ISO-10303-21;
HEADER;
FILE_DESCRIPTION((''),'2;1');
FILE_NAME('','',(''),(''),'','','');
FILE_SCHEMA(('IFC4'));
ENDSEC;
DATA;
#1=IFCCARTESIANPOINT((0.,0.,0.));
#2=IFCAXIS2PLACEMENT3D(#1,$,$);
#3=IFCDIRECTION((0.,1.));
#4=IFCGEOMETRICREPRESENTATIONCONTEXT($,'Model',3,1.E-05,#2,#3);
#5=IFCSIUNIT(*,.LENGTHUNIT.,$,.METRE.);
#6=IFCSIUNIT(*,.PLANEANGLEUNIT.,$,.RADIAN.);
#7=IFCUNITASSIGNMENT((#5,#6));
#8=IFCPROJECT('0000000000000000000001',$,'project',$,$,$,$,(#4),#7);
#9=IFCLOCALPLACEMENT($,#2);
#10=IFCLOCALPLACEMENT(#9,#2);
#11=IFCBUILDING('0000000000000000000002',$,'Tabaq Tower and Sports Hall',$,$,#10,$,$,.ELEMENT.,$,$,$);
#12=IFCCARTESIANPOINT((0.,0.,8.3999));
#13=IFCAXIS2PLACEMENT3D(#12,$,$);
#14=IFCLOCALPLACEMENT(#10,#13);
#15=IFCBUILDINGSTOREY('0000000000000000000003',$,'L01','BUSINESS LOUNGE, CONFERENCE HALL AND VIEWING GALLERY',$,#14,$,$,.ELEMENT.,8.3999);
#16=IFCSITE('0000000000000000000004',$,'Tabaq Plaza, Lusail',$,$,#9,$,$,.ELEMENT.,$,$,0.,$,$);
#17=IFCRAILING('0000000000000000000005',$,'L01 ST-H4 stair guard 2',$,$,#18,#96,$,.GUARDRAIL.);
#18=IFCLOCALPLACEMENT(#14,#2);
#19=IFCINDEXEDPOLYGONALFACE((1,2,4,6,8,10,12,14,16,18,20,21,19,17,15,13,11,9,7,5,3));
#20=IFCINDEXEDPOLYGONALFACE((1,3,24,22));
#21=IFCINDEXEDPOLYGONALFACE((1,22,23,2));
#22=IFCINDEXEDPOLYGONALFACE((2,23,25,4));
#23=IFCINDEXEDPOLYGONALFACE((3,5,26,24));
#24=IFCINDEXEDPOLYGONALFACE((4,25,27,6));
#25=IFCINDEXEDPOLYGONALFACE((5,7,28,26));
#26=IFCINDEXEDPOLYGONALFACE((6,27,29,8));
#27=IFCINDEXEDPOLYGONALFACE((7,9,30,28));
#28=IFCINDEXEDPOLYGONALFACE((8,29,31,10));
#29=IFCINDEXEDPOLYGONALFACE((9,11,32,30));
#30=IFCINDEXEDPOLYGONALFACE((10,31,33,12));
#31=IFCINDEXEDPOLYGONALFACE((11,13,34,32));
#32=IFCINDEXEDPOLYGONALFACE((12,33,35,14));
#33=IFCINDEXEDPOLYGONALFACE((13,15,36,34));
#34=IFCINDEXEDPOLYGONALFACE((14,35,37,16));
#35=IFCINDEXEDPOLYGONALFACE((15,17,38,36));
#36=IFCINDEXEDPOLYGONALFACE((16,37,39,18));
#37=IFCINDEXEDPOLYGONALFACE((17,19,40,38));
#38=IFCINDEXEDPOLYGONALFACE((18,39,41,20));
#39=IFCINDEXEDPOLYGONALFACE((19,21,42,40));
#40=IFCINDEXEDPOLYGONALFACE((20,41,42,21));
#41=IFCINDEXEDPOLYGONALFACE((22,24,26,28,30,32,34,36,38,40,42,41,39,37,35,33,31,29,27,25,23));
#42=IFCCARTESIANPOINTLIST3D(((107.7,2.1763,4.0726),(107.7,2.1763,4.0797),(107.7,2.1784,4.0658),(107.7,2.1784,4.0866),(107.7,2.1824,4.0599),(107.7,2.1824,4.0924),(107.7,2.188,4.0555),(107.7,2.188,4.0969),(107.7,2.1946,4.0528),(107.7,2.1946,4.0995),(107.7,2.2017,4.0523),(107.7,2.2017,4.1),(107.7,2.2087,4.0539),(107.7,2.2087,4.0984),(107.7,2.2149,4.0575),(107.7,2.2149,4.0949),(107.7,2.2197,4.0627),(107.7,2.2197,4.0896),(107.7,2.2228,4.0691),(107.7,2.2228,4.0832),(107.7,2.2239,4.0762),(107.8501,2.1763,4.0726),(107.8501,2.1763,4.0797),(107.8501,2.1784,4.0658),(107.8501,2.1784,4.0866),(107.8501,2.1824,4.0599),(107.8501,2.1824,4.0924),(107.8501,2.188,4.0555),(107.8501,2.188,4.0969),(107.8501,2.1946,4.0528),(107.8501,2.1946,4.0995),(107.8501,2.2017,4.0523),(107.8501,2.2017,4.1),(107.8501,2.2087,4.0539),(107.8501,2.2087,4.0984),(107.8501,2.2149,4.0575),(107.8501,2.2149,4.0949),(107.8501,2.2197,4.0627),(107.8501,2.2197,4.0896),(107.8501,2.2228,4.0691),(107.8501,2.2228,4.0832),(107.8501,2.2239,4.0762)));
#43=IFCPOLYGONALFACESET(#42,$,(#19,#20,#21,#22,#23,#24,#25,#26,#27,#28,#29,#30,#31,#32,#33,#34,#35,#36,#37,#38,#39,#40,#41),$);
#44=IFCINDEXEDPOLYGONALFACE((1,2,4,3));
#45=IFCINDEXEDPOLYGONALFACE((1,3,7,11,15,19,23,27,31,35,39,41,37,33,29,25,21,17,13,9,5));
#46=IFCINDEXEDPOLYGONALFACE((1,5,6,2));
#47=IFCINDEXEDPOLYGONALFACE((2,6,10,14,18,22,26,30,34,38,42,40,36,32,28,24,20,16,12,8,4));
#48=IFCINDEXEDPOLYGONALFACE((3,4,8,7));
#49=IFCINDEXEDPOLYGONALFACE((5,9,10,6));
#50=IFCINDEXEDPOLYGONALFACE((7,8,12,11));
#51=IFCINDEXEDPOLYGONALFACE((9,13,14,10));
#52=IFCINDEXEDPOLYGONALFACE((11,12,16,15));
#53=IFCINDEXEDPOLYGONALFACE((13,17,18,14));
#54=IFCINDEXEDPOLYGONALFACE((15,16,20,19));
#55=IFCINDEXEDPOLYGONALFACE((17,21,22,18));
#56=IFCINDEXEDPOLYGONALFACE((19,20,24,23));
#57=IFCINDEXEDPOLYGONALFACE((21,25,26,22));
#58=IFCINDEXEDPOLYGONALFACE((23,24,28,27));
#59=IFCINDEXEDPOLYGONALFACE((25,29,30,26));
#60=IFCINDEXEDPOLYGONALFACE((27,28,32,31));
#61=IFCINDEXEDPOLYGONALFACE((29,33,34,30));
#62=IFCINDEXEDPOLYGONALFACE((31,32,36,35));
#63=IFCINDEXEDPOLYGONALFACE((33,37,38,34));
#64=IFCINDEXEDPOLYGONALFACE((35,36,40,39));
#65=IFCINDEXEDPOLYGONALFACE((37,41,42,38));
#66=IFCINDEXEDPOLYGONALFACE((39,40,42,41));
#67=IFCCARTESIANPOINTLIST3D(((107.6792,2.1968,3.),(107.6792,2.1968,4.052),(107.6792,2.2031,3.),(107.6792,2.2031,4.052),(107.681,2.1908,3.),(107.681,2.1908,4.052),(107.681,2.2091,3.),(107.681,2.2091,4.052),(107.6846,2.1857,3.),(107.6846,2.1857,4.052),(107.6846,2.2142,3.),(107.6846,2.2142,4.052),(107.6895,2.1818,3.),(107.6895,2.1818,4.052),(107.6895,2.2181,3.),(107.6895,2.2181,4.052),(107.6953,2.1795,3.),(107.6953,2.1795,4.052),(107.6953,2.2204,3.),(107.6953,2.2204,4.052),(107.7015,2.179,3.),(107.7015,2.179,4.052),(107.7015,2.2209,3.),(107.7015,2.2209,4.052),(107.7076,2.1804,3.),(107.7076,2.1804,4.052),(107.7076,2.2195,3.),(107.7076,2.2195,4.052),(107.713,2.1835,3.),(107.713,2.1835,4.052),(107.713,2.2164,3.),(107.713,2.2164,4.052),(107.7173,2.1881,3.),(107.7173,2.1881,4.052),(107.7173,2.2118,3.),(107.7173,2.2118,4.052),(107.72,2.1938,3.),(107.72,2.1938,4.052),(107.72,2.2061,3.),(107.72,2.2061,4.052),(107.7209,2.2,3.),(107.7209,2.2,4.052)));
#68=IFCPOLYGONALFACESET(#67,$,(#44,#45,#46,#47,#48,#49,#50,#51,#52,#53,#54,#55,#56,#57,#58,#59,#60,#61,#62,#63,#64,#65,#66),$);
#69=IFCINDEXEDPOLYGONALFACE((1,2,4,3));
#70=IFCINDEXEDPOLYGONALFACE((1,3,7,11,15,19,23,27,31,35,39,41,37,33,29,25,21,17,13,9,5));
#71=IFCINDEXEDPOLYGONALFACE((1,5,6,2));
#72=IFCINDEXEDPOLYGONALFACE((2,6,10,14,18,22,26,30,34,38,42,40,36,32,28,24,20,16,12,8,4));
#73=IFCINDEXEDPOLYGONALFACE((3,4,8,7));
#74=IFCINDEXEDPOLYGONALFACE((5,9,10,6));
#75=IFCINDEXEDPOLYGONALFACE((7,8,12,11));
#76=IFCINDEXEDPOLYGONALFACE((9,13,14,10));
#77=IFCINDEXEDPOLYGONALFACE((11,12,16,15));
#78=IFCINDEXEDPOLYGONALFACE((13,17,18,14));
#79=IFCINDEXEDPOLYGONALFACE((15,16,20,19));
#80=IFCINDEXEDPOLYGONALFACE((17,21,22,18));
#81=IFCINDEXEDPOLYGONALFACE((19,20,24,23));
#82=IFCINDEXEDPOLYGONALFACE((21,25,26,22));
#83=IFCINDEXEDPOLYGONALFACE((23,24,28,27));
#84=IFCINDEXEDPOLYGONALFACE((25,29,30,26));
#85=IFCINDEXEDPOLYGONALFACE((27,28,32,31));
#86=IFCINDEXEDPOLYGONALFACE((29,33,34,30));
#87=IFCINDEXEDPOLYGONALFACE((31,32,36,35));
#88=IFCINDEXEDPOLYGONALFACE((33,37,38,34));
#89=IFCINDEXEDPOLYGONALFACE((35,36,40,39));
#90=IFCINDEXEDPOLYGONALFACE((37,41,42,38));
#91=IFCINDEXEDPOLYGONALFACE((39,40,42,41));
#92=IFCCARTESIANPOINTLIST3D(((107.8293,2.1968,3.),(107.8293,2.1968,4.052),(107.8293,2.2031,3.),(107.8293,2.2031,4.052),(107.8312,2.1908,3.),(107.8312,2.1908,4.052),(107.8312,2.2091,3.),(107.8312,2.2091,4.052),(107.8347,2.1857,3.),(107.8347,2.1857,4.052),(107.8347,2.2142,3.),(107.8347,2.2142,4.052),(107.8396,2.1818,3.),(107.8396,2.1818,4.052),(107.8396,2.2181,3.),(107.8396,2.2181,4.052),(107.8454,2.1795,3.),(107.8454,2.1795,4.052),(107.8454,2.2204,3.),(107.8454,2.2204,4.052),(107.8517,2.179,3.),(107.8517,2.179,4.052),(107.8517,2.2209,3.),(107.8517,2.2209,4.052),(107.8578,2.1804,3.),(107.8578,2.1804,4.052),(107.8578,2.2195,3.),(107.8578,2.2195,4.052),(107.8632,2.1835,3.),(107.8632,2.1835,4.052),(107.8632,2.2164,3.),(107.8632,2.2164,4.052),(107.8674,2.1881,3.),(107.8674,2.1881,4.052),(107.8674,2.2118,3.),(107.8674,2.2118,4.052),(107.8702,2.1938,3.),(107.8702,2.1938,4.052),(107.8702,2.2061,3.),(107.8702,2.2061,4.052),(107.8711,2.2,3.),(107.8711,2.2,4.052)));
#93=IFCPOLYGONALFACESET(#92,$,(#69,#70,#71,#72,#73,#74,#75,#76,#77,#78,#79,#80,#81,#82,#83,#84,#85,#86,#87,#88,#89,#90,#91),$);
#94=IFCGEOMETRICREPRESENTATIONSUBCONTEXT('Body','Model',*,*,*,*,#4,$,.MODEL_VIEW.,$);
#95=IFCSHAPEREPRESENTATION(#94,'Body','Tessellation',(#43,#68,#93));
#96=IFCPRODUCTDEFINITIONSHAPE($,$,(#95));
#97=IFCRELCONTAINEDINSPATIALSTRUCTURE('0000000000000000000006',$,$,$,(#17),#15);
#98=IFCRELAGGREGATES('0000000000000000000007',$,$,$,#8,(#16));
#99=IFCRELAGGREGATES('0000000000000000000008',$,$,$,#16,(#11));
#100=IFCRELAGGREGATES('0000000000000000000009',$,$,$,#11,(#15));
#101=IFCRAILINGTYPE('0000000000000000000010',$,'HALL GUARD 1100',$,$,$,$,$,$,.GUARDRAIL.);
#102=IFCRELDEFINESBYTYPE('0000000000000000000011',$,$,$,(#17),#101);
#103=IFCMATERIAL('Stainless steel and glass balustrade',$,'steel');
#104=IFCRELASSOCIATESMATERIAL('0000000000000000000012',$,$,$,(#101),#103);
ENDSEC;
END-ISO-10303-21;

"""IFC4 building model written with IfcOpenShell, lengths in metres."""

from ifc_helpers import new_model, si_unit, direction, frame, origin, origin_2d, place, context, subcontext, project, spatial, circle, extrude, material, type_object, element, save


model = new_model("IFC4")

# Units and contexts
model_context = context("Model", 3, precision=1e-05, world=origin(), true_north=direction((0.0, 1.0)))
body_context = subcontext(model_context, "Body", "Model", "MODEL_VIEW")
ifc_project = project(units=[si_unit("LENGTHUNIT", "METRE"), si_unit("PLANEANGLEUNIT", "RADIAN")], contexts=[model_context])

# Site, building, storey
site_placement = place(None, origin())
site = spatial("IfcSite", under=ifc_project, at=site_placement, Name="Tabaq Plaza, Lusail", CompositionType="ELEMENT", RefElevation=0.0)
building_placement = place(site_placement, origin())
building = spatial("IfcBuilding", under=site, at=building_placement, Name="Tabaq Tower and Sports Hall", CompositionType="ELEMENT")
storey_placement = place(building_placement, frame((0.0, 0.0, 8.3999)))
storey = spatial("IfcBuildingStorey", under=building, at=storey_placement, Name="L01", Description="BUSINESS LOUNGE, CONFERENCE HALL AND VIEWING GALLERY", CompositionType="ELEMENT", Elevation=8.3999)

# Railing
ifc_material_1 = material(Name="Stainless steel and glass balustrade", Category="steel")
railing_type_1 = type_object("IfcRailingType", Name="HALL GUARD 1100", PredefinedType="GUARDRAIL", material=ifc_material_1)
railing_1_placement = place(storey_placement, frame((107.7, 2.2, 3.0)))
element("IfcRailing", 1, at=railing_1_placement, inside=storey, type_object=railing_type_1, Name="L01 ST-H4 stair guard 2", PredefinedType="GUARDRAIL", context=body_context, shape_type="SweptSolid", body=[
    extrude(circle(Radius=0.0239, at=origin_2d()), frame((0.0, 0.0, 1.0762), z_axis=(1.0, 0.0, 0.0), x_axis=(0.0, 1.0, 0.0)), (0.0, 0.0, 1.0), 0.1501),
    extrude(circle(Radius=0.021, at=origin_2d()), origin(), (0.0, 0.0, 1.0), 1.052),
    extrude(circle(Radius=0.021, at=origin_2d()), frame((0.1501, 0.0, 0.0)), (0.0, 0.0, 1.0), 1.052),
])

save(model, "model.ifc")
